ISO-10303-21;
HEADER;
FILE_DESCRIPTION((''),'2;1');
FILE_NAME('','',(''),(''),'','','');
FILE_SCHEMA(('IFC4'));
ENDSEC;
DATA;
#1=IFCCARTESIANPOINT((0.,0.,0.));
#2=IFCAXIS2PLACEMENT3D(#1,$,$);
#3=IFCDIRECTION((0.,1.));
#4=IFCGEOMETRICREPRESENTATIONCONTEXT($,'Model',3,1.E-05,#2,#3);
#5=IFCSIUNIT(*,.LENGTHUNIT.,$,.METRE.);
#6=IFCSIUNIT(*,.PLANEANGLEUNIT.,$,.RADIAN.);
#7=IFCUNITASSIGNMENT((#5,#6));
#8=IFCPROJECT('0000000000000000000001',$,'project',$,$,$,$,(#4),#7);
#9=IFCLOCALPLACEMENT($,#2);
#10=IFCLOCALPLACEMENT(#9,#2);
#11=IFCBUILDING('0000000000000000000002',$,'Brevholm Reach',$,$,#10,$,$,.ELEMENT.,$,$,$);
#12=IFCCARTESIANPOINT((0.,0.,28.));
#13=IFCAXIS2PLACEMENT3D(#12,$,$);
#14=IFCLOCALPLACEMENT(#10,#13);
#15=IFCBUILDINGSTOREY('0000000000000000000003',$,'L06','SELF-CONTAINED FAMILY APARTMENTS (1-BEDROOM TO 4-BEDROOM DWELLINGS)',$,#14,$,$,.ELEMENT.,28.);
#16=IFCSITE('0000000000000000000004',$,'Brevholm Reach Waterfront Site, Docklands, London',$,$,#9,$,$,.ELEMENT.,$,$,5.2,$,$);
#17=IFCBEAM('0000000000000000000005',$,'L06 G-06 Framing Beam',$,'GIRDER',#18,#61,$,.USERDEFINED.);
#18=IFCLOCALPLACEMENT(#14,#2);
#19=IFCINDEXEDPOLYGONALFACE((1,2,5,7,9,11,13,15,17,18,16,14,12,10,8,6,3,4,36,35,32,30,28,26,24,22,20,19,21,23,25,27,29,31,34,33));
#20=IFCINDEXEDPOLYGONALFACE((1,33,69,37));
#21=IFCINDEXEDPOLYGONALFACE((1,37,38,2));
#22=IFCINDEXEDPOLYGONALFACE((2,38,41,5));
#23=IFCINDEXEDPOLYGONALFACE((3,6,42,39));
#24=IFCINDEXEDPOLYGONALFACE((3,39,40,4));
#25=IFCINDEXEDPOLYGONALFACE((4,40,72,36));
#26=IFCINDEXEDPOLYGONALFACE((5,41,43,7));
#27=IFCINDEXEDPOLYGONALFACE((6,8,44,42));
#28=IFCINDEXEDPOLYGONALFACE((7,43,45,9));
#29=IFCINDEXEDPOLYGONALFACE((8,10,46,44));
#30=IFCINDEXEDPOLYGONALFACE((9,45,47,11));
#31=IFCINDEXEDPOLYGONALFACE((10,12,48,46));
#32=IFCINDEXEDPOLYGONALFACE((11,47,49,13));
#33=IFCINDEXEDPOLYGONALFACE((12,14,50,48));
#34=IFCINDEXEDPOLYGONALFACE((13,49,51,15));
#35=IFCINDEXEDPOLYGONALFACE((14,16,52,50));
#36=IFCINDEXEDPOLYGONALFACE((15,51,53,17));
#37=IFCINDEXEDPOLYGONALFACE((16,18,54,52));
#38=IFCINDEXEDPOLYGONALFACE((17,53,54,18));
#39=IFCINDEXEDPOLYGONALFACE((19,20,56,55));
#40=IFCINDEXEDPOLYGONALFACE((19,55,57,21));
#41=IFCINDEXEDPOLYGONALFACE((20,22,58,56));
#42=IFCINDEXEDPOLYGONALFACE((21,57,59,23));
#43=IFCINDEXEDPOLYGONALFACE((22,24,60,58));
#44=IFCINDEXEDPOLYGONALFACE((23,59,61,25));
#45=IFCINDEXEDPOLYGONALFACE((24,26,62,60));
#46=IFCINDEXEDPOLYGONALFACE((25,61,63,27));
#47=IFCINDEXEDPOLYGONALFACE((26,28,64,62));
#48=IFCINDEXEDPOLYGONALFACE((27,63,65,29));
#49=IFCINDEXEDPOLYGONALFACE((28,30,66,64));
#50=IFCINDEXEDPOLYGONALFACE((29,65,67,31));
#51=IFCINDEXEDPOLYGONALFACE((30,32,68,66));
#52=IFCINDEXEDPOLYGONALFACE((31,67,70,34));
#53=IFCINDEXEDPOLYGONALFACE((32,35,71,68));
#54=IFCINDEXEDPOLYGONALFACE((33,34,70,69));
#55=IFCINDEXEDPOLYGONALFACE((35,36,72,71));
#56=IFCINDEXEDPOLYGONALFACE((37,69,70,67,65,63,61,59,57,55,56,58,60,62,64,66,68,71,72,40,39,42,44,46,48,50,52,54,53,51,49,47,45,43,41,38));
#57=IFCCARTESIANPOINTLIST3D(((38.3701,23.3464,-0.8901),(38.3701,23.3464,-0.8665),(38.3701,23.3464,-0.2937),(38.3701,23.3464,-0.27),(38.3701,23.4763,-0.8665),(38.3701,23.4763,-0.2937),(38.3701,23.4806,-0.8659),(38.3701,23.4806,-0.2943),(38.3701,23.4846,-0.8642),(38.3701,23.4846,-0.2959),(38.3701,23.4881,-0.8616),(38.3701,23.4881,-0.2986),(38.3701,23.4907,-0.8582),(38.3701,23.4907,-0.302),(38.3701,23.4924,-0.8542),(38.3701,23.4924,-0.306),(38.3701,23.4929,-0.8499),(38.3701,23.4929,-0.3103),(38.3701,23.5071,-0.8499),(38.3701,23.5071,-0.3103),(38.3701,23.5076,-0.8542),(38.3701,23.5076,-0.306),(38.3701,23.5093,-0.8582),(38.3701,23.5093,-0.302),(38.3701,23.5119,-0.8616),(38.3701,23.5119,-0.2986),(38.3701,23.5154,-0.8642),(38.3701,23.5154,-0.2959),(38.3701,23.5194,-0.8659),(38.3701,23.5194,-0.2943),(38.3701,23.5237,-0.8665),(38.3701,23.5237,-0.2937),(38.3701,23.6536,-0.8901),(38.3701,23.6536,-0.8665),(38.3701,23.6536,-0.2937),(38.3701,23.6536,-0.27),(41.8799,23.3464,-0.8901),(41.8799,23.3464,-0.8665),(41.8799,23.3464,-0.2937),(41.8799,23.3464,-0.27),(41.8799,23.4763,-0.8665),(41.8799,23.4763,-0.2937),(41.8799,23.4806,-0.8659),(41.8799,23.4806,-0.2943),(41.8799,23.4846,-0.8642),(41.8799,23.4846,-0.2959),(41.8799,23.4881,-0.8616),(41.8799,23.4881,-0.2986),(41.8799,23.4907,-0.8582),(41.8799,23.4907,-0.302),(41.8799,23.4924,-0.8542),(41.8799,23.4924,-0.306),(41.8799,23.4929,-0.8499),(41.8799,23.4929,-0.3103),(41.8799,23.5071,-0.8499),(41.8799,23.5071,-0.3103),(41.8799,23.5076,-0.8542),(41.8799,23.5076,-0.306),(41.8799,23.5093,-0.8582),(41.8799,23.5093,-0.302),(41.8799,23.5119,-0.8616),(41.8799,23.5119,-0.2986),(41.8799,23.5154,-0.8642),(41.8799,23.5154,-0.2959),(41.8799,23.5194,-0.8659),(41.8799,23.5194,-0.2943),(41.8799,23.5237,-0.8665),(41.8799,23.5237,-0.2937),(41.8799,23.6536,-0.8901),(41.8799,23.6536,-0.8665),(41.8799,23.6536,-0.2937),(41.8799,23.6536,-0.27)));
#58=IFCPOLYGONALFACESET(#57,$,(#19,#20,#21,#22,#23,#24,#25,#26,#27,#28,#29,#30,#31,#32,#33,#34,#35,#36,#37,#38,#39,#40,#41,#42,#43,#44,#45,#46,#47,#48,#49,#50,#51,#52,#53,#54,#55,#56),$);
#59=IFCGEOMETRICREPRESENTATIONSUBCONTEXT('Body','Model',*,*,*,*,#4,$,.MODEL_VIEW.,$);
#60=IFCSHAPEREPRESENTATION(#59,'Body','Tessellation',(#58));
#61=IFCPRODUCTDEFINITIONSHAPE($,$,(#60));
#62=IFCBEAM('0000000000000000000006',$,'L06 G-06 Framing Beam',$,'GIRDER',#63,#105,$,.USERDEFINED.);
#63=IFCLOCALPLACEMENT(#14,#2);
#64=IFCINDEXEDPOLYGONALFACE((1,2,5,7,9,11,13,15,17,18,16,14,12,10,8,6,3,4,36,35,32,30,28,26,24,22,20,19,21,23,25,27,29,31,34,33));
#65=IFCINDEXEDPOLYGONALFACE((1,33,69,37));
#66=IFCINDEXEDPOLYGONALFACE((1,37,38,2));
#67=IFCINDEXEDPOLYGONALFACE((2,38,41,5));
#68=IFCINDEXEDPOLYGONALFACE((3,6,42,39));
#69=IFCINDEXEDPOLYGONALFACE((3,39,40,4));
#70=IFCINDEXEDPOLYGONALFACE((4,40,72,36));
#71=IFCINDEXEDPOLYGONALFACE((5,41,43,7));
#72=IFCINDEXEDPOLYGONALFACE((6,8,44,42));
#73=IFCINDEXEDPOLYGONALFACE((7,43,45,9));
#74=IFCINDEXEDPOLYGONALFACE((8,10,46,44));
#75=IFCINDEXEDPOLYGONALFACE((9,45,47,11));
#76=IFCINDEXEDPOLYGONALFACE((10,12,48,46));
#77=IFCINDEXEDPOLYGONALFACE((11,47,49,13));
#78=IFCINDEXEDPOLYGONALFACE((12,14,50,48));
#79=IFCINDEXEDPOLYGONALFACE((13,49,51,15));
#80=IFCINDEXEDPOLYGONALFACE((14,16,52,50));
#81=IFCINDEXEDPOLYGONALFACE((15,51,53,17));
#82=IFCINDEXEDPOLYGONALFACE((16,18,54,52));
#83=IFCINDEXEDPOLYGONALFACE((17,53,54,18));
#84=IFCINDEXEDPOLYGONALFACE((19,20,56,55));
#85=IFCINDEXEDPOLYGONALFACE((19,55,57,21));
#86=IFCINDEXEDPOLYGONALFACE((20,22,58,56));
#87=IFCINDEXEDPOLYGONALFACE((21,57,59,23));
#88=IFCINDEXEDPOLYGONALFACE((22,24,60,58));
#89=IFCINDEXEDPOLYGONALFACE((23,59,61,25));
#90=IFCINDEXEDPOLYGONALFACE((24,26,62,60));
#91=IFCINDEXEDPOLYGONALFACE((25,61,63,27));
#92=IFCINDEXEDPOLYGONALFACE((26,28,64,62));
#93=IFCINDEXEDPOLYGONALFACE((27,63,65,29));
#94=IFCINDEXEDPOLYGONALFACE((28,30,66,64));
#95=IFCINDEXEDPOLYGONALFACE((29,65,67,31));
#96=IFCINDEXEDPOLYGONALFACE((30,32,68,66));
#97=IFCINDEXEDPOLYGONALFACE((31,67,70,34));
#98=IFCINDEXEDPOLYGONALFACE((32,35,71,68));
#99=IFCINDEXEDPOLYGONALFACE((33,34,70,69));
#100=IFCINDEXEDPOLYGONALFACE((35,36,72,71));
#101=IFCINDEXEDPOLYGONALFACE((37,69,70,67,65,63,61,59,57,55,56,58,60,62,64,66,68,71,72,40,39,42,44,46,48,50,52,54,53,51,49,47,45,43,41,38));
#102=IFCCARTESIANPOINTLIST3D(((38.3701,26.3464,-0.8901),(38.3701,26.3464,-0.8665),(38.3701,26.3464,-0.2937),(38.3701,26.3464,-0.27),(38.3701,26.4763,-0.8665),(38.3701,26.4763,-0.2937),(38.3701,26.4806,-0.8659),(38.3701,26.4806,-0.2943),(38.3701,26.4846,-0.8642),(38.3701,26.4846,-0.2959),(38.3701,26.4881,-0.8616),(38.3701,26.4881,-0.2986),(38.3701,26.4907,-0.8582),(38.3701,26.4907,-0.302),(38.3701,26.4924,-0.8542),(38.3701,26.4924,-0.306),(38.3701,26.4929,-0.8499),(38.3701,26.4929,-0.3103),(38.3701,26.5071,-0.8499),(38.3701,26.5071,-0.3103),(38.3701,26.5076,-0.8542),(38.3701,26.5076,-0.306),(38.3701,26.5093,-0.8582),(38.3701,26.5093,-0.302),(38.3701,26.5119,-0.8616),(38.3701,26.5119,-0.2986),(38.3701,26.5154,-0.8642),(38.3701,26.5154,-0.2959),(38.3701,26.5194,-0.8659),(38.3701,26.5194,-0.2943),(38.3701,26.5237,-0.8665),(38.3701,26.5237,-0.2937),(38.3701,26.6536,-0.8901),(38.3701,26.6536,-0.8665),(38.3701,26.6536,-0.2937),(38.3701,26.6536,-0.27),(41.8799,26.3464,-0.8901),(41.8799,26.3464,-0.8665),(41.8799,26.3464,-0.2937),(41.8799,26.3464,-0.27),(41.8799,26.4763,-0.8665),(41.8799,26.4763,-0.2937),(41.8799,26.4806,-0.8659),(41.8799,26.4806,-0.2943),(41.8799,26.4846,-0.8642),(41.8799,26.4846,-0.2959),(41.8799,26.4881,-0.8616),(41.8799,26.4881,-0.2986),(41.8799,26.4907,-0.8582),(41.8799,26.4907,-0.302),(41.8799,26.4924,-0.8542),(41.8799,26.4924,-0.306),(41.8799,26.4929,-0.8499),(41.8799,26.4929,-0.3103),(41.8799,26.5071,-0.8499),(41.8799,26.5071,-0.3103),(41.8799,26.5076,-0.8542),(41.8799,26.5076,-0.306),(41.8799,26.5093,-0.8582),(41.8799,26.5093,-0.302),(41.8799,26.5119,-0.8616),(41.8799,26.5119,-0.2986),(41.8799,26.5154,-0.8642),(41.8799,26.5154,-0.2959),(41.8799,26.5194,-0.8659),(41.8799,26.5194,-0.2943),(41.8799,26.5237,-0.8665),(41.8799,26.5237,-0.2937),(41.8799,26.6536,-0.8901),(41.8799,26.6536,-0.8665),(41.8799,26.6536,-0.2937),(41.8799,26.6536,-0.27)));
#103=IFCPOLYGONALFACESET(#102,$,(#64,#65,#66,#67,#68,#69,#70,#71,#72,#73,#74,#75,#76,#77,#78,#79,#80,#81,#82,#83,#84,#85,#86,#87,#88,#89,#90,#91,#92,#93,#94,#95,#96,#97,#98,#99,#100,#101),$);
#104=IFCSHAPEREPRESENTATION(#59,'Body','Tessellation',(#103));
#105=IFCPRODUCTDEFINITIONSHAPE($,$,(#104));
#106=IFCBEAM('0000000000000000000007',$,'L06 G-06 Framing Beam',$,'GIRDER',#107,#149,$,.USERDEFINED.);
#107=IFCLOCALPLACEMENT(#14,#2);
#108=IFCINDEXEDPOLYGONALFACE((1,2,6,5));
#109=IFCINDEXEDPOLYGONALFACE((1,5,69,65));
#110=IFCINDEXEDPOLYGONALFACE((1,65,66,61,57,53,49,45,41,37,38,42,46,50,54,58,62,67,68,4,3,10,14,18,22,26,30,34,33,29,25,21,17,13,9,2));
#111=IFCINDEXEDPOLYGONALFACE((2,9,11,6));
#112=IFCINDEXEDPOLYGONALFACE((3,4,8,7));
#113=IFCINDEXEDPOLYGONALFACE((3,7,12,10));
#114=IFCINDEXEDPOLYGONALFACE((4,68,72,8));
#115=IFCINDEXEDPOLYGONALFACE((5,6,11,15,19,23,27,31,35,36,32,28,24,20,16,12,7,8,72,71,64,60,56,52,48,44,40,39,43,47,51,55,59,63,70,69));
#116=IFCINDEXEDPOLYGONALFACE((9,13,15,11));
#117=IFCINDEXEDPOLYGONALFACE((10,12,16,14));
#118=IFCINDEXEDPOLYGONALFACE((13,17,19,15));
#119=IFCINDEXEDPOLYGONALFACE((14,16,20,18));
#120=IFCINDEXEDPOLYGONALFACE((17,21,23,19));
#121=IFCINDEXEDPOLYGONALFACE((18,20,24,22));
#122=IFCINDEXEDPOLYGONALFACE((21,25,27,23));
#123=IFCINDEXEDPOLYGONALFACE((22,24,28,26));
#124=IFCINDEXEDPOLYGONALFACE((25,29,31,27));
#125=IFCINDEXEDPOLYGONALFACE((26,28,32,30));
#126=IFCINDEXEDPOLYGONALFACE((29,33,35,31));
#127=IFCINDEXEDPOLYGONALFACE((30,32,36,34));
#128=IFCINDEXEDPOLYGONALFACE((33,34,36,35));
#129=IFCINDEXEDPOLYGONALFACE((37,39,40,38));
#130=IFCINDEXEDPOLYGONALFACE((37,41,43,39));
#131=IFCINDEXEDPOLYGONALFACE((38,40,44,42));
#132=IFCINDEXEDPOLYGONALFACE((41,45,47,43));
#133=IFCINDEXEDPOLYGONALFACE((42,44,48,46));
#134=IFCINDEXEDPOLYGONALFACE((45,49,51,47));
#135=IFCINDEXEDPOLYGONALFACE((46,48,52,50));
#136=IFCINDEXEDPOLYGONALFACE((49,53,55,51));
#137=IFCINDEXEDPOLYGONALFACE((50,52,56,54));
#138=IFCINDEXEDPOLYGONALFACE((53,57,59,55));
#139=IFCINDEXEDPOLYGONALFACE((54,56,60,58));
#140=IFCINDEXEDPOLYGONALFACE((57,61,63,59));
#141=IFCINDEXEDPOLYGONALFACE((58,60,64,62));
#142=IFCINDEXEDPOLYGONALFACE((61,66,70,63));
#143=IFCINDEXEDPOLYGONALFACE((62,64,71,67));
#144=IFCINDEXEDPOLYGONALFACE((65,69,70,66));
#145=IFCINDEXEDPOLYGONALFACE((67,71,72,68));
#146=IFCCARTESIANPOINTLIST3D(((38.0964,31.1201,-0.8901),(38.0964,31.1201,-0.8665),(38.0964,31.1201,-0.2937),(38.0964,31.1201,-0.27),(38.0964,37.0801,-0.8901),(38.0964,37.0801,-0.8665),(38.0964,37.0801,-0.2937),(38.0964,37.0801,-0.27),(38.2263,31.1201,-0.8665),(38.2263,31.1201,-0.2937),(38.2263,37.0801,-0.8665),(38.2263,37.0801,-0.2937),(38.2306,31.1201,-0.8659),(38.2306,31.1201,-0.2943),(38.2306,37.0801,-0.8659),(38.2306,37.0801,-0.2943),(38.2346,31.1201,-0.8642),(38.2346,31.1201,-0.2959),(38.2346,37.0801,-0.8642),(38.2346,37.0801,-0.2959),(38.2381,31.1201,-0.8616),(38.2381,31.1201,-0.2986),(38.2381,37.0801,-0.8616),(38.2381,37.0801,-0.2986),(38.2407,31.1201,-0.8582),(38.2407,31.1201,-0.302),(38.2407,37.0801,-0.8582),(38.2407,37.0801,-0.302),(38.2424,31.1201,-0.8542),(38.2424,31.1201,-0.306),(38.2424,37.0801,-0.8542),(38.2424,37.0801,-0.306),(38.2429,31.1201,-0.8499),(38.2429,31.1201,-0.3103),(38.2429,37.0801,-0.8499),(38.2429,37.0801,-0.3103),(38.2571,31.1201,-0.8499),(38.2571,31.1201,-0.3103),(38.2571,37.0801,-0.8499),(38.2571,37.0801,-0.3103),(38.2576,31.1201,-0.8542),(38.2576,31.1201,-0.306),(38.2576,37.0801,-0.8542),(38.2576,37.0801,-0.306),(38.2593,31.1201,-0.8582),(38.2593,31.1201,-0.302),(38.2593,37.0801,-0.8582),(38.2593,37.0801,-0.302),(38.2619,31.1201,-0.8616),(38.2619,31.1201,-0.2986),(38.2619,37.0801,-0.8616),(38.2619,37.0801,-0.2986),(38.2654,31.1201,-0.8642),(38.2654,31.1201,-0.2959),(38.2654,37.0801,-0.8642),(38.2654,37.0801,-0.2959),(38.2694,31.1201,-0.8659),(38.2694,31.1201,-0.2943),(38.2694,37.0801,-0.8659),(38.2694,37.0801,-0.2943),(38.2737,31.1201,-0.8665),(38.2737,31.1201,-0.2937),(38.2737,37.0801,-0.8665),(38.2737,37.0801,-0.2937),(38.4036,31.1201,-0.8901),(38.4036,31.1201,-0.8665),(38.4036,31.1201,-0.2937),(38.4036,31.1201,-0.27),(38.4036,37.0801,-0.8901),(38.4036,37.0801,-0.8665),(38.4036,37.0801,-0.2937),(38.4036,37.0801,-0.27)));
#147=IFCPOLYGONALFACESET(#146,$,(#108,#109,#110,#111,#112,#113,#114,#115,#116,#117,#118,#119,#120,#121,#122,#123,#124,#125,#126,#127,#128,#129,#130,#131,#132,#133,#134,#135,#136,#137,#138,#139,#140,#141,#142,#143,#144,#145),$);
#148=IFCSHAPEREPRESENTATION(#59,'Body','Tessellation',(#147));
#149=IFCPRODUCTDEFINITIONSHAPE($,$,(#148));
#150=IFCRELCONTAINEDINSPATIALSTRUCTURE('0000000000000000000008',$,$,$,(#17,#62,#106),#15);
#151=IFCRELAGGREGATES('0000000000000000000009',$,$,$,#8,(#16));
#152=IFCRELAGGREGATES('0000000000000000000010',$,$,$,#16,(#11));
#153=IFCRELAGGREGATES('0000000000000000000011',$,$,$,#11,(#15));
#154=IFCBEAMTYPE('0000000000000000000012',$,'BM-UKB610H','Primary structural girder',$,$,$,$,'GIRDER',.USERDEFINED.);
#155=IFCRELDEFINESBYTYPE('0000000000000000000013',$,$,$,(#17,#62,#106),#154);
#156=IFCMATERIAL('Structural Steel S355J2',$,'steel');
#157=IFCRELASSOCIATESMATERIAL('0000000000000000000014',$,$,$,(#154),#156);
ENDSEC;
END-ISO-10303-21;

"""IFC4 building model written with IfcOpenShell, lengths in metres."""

from ifc_helpers import new_model, si_unit, direction, frame, origin, origin_2d, place, context, subcontext, project, spatial, i_section, extrude, material, material_profile, profile_set, type_object, element, save


model = new_model("IFC4")

# Units and contexts
model_context = context("Model", 3, precision=1e-05, world=origin(), true_north=direction((0.0, 1.0)))
body_context = subcontext(model_context, "Body", "Model", "MODEL_VIEW")
ifc_project = project(units=[si_unit("LENGTHUNIT", "METRE"), si_unit("PLANEANGLEUNIT", "RADIAN")], contexts=[model_context])

# Site, building, storey
site_placement = place(None, origin())
site = spatial("IfcSite", under=ifc_project, at=site_placement, Name="Brevholm Reach Waterfront Site, Docklands, London", CompositionType="ELEMENT", RefElevation=5.2)
building_placement = place(site_placement, origin())
building = spatial("IfcBuilding", under=site, at=building_placement, Name="Brevholm Reach", CompositionType="ELEMENT")
storey_placement = place(building_placement, frame((0.0, 0.0, 28.0)))
storey = spatial("IfcBuildingStorey", under=building, at=storey_placement, Name="L06", Description="SELF-CONTAINED FAMILY APARTMENTS (1-BEDROOM TO 4-BEDROOM DWELLINGS)", CompositionType="ELEMENT", Elevation=28.0)

# Beams
ifc_material_1 = material(Name="Structural Steel S355J2", Category="steel")
ifc_material_profile_1 = material_profile(ifc_material_1, i_section(OverallWidth=0.3071, OverallDepth=0.6201, WebThickness=0.0142, FlangeThickness=0.0237, FilletRadius=0.0166, at=origin_2d()), Name="UKB 610x305x179")
ifc_profile_set_1 = profile_set([ifc_material_profile_1], Name="Structural Steel S355J2")
beam_type_1 = type_object("IfcBeamType", Name="BM-UKB610H", Description="Primary structural girder", ElementType="GIRDER", PredefinedType="USERDEFINED", material=ifc_profile_set_1)
for number, where, z_axis, x_axis, name in (
    (1, (38.3701, 23.5, -0.5801), (1.0, 0.0, 0.0), (0.0, 1.0, 0.0), "L06 G-06 Framing Beam"),
    (2, (38.3701, 26.5, -0.5801), (1.0, 0.0, 0.0), (0.0, 1.0, 0.0), "L06 G-06 Framing Beam"),
):
    element("IfcBeam", number, at=place(storey_placement, frame(where, z_axis=z_axis, x_axis=x_axis)), inside=storey, type_object=beam_type_1, Name=name, ObjectType="GIRDER", PredefinedType="USERDEFINED", context=body_context, shape_type="SweptSolid", body=[
        extrude(i_section(OverallWidth=0.3071, OverallDepth=0.6201, WebThickness=0.0142, FlangeThickness=0.0237, FilletRadius=0.0166, at=origin_2d()), origin(), (0.0, 0.0, 1.0), 3.5098),
    ])
beam_1_placement = place(storey_placement, frame((38.25, 31.1201, -0.5801), z_axis=(0.0, 1.0, 0.0), x_axis=(-1.0, 0.0, 0.0)))
element("IfcBeam", 3, at=beam_1_placement, inside=storey, type_object=beam_type_1, Name="L06 G-06 Framing Beam", ObjectType="GIRDER", PredefinedType="USERDEFINED", context=body_context, shape_type="SweptSolid", body=[
    extrude(i_section(OverallWidth=0.3071, OverallDepth=0.6201, WebThickness=0.0142, FlangeThickness=0.0237, FilletRadius=0.0166, at=origin_2d()), origin(), (0.0, 0.0, 1.0), 5.96),
])

save(model, "model.ifc")
